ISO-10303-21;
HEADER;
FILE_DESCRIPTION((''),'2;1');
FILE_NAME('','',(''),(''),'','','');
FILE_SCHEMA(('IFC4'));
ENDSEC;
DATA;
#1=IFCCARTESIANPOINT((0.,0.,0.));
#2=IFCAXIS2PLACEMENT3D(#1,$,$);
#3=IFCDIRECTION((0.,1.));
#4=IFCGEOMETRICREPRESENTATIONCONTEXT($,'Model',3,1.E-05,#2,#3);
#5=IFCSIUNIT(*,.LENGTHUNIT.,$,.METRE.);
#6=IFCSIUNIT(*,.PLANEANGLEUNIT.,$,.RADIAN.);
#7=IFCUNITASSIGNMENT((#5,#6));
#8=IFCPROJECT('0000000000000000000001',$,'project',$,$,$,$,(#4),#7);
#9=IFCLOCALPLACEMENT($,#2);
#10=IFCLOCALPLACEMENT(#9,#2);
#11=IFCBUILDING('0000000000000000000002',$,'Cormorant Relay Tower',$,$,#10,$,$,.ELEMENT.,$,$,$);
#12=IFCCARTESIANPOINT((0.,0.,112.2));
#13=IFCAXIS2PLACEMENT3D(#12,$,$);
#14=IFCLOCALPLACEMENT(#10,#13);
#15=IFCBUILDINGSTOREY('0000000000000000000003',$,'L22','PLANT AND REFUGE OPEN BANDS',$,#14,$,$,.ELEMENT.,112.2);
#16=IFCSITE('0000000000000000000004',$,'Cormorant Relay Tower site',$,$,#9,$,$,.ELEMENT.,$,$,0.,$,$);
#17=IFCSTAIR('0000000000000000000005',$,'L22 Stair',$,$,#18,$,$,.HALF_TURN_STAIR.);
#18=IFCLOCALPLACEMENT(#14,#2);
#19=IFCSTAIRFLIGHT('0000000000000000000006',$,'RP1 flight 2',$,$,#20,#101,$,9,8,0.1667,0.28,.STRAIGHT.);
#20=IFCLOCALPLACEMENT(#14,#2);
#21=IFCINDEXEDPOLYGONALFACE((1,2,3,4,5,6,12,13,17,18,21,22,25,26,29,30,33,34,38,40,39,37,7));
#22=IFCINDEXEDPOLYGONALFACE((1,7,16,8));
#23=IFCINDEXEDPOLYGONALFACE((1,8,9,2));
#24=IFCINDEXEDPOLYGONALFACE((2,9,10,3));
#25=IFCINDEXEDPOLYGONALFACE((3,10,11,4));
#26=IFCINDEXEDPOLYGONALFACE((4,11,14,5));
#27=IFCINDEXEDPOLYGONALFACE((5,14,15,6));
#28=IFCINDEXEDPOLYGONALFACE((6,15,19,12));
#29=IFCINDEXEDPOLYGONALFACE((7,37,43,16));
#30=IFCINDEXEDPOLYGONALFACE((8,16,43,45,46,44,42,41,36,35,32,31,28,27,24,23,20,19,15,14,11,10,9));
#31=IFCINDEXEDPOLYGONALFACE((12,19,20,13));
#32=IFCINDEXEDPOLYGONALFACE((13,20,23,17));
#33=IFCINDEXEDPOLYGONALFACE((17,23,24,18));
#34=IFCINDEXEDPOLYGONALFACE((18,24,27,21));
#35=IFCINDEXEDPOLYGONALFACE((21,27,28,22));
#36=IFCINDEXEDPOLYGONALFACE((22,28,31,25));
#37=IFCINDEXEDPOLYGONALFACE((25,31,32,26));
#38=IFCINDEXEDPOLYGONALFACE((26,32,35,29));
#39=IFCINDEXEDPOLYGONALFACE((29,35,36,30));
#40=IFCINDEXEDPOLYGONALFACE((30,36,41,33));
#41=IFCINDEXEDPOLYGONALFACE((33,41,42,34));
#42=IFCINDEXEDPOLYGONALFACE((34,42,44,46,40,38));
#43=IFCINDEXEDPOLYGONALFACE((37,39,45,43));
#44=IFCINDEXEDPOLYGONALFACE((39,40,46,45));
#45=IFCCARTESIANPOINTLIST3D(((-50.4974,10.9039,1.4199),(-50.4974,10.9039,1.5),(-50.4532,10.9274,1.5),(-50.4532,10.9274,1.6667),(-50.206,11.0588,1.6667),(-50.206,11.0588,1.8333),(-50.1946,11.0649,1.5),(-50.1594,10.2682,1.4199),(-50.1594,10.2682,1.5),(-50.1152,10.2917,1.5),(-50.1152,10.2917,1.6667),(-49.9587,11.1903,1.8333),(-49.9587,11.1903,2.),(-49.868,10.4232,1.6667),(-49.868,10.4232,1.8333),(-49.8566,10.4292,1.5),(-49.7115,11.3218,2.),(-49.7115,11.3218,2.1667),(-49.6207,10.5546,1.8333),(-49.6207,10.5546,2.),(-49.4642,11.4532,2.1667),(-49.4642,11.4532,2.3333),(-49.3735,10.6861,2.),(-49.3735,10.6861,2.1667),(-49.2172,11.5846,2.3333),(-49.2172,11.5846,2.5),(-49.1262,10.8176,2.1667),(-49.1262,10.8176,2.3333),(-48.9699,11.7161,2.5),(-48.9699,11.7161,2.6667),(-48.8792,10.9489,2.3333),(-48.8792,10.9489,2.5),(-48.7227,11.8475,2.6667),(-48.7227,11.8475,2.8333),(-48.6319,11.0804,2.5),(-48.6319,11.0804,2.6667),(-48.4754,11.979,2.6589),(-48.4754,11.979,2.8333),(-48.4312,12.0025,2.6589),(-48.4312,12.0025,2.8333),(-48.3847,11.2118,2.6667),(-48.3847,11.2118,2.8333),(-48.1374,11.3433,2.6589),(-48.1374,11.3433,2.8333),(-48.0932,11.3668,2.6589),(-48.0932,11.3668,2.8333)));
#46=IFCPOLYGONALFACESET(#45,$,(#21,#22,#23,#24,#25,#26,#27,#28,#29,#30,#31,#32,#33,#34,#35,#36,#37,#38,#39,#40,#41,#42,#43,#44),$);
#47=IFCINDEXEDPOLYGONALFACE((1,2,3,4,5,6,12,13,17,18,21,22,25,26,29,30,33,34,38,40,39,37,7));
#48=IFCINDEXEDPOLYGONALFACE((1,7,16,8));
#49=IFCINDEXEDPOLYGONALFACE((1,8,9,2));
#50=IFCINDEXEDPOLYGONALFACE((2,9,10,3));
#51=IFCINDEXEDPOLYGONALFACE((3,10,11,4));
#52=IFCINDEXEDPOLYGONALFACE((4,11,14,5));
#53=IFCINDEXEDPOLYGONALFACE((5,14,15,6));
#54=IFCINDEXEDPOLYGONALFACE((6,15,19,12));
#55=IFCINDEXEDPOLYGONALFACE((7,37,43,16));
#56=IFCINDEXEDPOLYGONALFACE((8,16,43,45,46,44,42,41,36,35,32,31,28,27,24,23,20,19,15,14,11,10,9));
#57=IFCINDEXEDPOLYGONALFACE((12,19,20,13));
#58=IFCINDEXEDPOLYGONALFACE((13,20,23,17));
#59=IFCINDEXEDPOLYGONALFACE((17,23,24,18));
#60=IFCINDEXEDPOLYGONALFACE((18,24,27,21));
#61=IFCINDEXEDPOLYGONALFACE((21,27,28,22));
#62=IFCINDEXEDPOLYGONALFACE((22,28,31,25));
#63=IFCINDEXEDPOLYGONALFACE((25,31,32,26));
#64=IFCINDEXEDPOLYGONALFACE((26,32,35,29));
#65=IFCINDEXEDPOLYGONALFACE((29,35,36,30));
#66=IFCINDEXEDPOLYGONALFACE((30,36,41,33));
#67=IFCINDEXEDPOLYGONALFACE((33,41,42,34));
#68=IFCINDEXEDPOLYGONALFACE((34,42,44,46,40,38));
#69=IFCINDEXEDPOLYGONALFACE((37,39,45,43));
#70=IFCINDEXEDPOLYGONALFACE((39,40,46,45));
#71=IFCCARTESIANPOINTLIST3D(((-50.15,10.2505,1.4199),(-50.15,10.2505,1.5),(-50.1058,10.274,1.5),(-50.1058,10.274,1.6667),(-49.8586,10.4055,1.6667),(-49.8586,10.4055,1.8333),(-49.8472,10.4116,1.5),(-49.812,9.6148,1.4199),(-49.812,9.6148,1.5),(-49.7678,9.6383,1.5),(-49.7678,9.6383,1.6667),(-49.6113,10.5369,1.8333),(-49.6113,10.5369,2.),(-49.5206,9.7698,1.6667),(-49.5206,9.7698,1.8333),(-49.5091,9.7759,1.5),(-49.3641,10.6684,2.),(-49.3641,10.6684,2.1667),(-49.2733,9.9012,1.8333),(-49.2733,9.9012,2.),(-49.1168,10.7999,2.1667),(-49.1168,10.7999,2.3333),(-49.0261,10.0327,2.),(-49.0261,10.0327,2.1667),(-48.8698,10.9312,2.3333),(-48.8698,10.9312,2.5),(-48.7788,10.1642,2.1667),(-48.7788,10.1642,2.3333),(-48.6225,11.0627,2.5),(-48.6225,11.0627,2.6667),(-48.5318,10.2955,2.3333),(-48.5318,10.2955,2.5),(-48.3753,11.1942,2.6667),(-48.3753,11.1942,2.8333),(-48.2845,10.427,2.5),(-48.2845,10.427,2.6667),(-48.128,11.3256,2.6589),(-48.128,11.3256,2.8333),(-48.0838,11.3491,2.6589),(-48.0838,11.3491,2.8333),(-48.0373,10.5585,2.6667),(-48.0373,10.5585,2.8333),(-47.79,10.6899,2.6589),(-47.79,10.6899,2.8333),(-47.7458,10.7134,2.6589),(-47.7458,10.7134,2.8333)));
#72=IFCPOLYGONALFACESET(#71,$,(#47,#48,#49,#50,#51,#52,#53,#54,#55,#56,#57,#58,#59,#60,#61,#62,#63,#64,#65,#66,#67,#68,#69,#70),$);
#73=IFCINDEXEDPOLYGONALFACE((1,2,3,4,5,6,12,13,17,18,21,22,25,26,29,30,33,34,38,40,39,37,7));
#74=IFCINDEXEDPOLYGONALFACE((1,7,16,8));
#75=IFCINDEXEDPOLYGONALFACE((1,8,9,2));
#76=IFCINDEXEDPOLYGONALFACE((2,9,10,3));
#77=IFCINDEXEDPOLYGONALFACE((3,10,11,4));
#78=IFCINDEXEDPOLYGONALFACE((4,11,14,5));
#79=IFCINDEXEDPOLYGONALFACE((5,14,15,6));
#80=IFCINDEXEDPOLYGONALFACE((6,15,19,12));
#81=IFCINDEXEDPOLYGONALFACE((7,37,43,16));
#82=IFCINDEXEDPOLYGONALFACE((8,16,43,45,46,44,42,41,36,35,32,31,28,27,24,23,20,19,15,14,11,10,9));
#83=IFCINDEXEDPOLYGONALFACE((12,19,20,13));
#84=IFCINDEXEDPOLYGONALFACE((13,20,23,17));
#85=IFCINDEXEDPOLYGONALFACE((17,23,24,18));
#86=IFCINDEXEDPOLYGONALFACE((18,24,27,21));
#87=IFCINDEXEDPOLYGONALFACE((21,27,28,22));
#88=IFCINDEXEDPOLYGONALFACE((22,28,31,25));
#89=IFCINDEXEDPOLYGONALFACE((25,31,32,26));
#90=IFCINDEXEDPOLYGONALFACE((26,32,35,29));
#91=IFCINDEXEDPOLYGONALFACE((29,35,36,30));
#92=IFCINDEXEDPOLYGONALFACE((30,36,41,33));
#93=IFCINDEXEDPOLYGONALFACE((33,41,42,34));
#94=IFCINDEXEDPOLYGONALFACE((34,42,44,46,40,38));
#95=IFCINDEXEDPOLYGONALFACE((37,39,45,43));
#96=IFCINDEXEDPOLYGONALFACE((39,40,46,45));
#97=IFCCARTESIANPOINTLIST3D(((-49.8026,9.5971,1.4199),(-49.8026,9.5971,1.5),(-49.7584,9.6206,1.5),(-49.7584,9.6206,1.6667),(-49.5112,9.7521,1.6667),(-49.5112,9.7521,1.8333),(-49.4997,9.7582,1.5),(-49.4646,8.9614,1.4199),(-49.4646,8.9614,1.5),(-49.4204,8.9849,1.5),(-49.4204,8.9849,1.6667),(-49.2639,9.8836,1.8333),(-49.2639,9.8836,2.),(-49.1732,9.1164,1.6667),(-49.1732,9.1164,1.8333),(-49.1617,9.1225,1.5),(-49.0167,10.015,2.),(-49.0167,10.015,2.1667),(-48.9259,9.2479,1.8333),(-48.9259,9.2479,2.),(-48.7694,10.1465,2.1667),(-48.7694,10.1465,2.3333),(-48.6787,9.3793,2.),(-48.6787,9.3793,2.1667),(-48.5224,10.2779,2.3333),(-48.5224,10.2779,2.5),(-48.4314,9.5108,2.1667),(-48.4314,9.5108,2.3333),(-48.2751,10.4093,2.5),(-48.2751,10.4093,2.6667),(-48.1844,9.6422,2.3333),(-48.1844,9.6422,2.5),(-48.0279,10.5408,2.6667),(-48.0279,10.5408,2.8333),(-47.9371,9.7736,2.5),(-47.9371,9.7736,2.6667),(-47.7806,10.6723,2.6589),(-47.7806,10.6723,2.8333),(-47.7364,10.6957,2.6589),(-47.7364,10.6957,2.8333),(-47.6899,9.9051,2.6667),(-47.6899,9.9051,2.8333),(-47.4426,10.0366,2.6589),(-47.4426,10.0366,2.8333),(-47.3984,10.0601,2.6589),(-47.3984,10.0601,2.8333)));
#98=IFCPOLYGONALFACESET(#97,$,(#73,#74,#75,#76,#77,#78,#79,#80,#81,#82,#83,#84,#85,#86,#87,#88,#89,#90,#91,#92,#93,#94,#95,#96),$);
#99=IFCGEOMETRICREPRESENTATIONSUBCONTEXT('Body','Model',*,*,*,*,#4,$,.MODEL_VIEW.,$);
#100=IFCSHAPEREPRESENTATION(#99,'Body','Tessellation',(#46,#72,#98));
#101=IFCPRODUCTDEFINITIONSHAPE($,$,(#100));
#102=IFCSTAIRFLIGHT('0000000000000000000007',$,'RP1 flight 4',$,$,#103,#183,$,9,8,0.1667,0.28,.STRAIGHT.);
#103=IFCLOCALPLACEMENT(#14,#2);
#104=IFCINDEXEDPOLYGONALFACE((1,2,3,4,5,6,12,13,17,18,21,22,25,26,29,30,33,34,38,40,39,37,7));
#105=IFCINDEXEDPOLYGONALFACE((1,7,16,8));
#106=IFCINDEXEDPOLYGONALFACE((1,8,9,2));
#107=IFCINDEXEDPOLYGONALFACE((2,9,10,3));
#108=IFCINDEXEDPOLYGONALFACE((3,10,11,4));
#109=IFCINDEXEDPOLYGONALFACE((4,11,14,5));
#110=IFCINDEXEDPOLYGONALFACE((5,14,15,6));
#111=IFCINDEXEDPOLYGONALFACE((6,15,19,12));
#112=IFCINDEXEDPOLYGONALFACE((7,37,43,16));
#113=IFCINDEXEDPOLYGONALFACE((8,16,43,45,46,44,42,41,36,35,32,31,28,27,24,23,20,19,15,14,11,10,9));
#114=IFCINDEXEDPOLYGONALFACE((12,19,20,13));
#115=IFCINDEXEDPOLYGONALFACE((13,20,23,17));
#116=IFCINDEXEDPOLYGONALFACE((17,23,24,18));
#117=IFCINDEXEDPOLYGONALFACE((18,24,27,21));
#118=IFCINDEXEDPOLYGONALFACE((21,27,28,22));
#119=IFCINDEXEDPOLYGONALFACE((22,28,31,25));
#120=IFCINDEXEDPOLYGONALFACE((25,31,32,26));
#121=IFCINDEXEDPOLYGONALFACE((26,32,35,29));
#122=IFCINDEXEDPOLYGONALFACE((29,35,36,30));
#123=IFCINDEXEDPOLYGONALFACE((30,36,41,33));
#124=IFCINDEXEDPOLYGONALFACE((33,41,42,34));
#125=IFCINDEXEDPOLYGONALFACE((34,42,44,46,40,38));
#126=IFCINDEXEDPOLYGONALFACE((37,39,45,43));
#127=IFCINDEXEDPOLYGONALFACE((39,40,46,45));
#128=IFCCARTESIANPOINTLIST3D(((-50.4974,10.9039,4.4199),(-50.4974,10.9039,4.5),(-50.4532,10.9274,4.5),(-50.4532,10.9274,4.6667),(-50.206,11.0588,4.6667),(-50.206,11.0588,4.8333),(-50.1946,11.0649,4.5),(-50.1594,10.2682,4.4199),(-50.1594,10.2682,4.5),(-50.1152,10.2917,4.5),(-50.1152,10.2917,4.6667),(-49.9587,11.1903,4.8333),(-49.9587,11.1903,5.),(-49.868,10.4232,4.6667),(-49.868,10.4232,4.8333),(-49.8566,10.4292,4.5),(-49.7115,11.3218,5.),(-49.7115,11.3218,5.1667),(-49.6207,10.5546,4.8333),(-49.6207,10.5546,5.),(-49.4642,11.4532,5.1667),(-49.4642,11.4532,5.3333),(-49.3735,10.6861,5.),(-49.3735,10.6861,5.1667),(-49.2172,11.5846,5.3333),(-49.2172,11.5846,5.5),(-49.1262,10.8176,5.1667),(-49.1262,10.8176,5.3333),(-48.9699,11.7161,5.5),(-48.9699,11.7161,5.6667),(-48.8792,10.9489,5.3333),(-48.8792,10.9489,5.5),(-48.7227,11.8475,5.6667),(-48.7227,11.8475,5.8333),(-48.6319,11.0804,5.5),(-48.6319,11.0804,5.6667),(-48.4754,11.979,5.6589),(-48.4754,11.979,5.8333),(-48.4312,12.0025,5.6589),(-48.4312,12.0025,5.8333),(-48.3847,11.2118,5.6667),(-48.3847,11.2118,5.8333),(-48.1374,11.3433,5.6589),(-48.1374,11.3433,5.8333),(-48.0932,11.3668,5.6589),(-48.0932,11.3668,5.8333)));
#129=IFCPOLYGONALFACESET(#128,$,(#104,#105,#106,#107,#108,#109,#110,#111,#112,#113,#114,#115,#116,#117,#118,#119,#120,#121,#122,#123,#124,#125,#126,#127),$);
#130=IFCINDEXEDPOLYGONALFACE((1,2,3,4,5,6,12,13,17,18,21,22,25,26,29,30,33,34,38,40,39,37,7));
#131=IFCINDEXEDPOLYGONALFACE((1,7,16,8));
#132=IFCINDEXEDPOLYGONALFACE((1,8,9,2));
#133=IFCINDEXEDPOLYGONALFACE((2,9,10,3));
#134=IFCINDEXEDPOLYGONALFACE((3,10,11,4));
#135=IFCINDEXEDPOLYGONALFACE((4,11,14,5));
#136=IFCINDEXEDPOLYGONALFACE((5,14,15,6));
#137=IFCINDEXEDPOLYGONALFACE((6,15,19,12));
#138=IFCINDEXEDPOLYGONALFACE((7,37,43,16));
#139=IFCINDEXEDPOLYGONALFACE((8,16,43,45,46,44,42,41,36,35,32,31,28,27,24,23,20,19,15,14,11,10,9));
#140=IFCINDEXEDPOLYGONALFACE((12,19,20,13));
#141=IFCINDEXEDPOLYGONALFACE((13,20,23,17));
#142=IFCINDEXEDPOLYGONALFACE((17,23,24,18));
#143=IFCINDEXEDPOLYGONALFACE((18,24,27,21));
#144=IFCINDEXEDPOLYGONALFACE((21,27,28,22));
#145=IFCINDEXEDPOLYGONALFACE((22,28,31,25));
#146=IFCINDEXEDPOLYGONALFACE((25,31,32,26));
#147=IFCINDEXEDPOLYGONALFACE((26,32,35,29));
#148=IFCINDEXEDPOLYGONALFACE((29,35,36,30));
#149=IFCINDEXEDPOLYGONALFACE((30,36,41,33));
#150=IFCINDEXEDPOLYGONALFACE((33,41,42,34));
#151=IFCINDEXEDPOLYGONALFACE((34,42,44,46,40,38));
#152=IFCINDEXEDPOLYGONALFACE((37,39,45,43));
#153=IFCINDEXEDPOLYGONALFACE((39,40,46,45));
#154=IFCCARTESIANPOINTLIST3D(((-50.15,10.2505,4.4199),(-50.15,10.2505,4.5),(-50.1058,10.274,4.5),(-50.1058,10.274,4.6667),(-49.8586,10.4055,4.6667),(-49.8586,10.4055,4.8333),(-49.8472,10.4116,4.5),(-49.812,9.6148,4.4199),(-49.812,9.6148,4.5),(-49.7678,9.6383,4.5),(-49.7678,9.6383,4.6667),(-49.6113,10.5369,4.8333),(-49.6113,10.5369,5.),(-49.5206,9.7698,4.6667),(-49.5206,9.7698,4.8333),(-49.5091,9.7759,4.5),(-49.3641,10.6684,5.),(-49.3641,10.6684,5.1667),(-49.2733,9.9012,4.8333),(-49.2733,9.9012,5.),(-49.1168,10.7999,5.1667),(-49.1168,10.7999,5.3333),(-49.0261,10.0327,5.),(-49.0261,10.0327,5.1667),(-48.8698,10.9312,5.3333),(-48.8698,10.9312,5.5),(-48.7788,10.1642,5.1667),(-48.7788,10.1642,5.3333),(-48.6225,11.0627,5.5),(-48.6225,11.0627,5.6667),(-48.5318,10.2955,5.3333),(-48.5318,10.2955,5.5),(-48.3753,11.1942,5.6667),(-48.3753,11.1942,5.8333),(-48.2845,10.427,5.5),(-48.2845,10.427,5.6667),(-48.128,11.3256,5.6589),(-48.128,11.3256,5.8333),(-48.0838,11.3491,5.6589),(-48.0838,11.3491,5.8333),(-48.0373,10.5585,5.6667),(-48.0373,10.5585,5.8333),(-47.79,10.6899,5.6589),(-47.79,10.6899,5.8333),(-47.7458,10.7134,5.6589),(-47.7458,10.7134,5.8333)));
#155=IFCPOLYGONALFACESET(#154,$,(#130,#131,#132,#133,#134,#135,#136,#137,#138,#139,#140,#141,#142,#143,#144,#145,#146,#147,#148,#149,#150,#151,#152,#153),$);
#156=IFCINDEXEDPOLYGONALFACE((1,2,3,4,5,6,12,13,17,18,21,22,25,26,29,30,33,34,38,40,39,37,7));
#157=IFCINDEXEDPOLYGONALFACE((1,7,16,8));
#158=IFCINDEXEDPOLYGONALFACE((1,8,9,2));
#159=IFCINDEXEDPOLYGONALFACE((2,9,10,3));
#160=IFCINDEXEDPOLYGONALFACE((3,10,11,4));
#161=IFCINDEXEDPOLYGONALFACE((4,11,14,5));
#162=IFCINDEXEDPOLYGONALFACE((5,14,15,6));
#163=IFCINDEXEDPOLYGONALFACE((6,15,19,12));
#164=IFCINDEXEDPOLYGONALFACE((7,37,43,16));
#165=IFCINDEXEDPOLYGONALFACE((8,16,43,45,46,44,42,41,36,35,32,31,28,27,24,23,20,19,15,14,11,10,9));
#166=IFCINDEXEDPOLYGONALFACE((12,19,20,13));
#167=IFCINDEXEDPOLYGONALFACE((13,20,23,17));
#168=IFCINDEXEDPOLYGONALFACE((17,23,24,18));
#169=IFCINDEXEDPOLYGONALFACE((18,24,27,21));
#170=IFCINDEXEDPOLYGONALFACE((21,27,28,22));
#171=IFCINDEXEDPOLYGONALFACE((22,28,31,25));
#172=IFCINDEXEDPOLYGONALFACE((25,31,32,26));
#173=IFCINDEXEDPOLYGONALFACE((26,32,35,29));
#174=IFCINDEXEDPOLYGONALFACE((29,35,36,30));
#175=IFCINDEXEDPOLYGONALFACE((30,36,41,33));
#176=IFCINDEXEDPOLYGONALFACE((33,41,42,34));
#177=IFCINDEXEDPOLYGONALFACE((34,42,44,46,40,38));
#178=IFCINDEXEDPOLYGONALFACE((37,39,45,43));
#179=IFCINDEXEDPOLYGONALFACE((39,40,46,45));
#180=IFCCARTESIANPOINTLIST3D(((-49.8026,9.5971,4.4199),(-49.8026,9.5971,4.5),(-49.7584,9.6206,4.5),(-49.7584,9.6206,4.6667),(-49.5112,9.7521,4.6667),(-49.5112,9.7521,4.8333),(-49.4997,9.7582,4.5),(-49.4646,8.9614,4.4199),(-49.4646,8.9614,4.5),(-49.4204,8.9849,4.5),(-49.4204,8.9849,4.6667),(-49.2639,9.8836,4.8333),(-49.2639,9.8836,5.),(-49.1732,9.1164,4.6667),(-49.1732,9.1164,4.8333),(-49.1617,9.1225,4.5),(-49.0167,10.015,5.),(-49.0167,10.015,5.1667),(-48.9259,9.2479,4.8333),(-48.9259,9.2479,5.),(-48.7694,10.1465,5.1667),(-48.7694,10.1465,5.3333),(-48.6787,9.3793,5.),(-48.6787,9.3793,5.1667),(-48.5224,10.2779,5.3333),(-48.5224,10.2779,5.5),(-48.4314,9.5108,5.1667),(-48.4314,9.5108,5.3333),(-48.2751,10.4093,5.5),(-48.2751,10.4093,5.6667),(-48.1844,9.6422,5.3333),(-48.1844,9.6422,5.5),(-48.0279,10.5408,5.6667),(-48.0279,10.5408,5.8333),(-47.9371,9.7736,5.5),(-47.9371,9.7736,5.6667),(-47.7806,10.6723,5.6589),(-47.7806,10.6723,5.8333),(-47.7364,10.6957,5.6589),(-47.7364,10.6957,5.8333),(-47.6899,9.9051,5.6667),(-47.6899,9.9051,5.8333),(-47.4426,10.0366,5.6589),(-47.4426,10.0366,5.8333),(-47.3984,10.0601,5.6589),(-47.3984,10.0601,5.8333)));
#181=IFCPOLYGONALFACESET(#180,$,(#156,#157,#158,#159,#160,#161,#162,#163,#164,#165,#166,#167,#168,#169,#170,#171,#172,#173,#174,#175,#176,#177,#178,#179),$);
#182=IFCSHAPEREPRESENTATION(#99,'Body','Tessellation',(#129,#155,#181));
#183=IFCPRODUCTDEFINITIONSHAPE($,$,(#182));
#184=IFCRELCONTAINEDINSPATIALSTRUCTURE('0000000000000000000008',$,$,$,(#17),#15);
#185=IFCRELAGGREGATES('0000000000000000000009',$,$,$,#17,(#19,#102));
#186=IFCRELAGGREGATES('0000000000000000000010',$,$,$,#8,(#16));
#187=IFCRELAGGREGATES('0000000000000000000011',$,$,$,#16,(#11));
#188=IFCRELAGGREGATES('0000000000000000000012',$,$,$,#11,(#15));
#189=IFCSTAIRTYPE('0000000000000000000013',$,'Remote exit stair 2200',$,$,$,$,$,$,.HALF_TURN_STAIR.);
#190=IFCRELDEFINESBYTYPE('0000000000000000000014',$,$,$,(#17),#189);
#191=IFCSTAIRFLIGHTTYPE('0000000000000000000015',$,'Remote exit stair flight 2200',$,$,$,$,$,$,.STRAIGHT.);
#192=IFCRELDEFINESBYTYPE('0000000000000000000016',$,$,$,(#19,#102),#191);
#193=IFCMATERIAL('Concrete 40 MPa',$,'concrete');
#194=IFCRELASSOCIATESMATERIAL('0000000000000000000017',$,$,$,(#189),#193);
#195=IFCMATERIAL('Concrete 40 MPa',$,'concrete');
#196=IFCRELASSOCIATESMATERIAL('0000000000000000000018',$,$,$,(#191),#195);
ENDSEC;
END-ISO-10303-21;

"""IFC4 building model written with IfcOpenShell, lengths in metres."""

from ifc_helpers import new_model, si_unit, direction, frame, origin, place, context, subcontext, project, spatial, polyline, outline, extrude, material, type_object, element, aggregate, save


model = new_model("IFC4")

# Units and contexts
model_context = context("Model", 3, precision=1e-05, world=origin(), true_north=direction((0.0, 1.0)))
body_context = subcontext(model_context, "Body", "Model", "MODEL_VIEW")
ifc_project = project(units=[si_unit("LENGTHUNIT", "METRE"), si_unit("PLANEANGLEUNIT", "RADIAN")], contexts=[model_context])

# Site, building, storey
site_placement = place(None, origin())
site = spatial("IfcSite", under=ifc_project, at=site_placement, Name="Cormorant Relay Tower site", CompositionType="ELEMENT", RefElevation=0.0)
building_placement = place(site_placement, origin())
building = spatial("IfcBuilding", under=site, at=building_placement, Name="Cormorant Relay Tower", CompositionType="ELEMENT")
storey_placement = place(building_placement, frame((0.0, 0.0, 112.2)))
storey = spatial("IfcBuildingStorey", under=building, at=storey_placement, Name="L22", Description="PLANT AND REFUGE OPEN BANDS", CompositionType="ELEMENT", Elevation=112.2)

# Stair, stair flights
ifc_material_1 = material(Name="Concrete 40 MPa", Category="concrete")
stair_type = type_object("IfcStairType", Name="Remote exit stair 2200", PredefinedType="HALF_TURN_STAIR", material=ifc_material_1)
stair_placement = place(storey_placement, origin())
stair = element("IfcStair", 1, at=stair_placement, inside=storey, type_object=stair_type, Name="L22 Stair", PredefinedType="HALF_TURN_STAIR")
ifc_material_2 = material(Name="Concrete 40 MPa", Category="concrete")
stair_flight_type = type_object("IfcStairFlightType", Name="Remote exit stair flight 2200", PredefinedType="STRAIGHT", material=ifc_material_2)
stair_flight_1_placement = place(storey_placement, frame((-49.9368, 9.9561, 1.5), z_axis=(0.0, 0.0, 1.0), x_axis=(0.882948, 0.469472, 0.0)))
stair_flight_1 = element("IfcStairFlight", 2, at=stair_flight_1_placement, type_object=stair_flight_type, Name="RP1 flight 2", NumberOfRisers=9, NumberOfTreads=8, PredefinedType="STRAIGHT", RiserHeight=0.1667, TreadLength=0.28, context=body_context, shape_type="SweptSolid", body=[
    extrude(outline(polyline([(-0.05, -0.0801), (-0.05, 0.0), (0.0, 0.0), (0.0, 0.1667), (0.28, 0.1667), (0.28, 0.3333), (0.5601, 0.3333), (0.5601, 0.5), (0.8401, 0.5), (0.8401, 0.6667), (1.1201, 0.6667), (1.1201, 0.8333), (1.3999, 0.8333), (1.3999, 1.0), (1.6799, 1.0), (1.6799, 1.1667), (1.96, 1.1667), (1.96, 1.3333), (2.24, 1.3333), (2.29, 1.3333), (2.29, 1.1589), (2.24, 1.1589), (0.293, 0.0), (-0.05, -0.0801)])), frame((0.0, 1.1001, 0.0), z_axis=(0.0, -1.0, 0.0), x_axis=(1.0, 0.0, 0.0)), (0.0, 0.0, 1.0), 0.72),
    extrude(outline(polyline([(-0.05, -0.0801), (-0.05, 0.0), (0.0, 0.0), (0.0, 0.1667), (0.28, 0.1667), (0.28, 0.3333), (0.5601, 0.3333), (0.5601, 0.5), (0.8401, 0.5), (0.8401, 0.6667), (1.1201, 0.6667), (1.1201, 0.8333), (1.3999, 0.8333), (1.3999, 1.0), (1.6799, 1.0), (1.6799, 1.1667), (1.96, 1.1667), (1.96, 1.3333), (2.24, 1.3333), (2.29, 1.3333), (2.29, 1.1589), (2.24, 1.1589), (0.293, 0.0), (-0.05, -0.0801)])), frame((0.0, 0.3601, 0.0), z_axis=(0.0, -1.0, 0.0), x_axis=(1.0, 0.0, 0.0)), (0.0, 0.0, 1.0), 0.72),
    extrude(outline(polyline([(-0.05, -0.0801), (-0.05, 0.0), (0.0, 0.0), (0.0, 0.1667), (0.28, 0.1667), (0.28, 0.3333), (0.5601, 0.3333), (0.5601, 0.5), (0.8401, 0.5), (0.8401, 0.6667), (1.1201, 0.6667), (1.1201, 0.8333), (1.3999, 0.8333), (1.3999, 1.0), (1.6799, 1.0), (1.6799, 1.1667), (1.96, 1.1667), (1.96, 1.3333), (2.24, 1.3333), (2.29, 1.3333), (2.29, 1.1589), (2.24, 1.1589), (0.293, 0.0), (-0.05, -0.0801)])), frame((0.0, -0.3799, 0.0), z_axis=(0.0, -1.0, 0.0), x_axis=(1.0, 0.0, 0.0)), (0.0, 0.0, 1.0), 0.72),
])
stair_flight_2_placement = place(storey_placement, frame((-49.9368, 9.9561, 4.5), z_axis=(0.0, 0.0, 1.0), x_axis=(0.882948, 0.469472, 0.0)))
stair_flight_2 = element("IfcStairFlight", 3, at=stair_flight_2_placement, type_object=stair_flight_type, Name="RP1 flight 4", NumberOfRisers=9, NumberOfTreads=8, PredefinedType="STRAIGHT", RiserHeight=0.1667, TreadLength=0.28, context=body_context, shape_type="SweptSolid", body=[
    extrude(outline(polyline([(-0.05, -0.0801), (-0.05, 0.0), (0.0, 0.0), (0.0, 0.1667), (0.28, 0.1667), (0.28, 0.3333), (0.5601, 0.3333), (0.5601, 0.5), (0.8401, 0.5), (0.8401, 0.6667), (1.1201, 0.6667), (1.1201, 0.8333), (1.3999, 0.8333), (1.3999, 1.0), (1.6799, 1.0), (1.6799, 1.1667), (1.96, 1.1667), (1.96, 1.3333), (2.24, 1.3333), (2.29, 1.3333), (2.29, 1.1589), (2.24, 1.1589), (0.293, 0.0), (-0.05, -0.0801)])), frame((0.0, 1.1001, 0.0), z_axis=(0.0, -1.0, 0.0), x_axis=(1.0, 0.0, 0.0)), (0.0, 0.0, 1.0), 0.72),
    extrude(outline(polyline([(-0.05, -0.0801), (-0.05, 0.0), (0.0, 0.0), (0.0, 0.1667), (0.28, 0.1667), (0.28, 0.3333), (0.5601, 0.3333), (0.5601, 0.5), (0.8401, 0.5), (0.8401, 0.6667), (1.1201, 0.6667), (1.1201, 0.8333), (1.3999, 0.8333), (1.3999, 1.0), (1.6799, 1.0), (1.6799, 1.1667), (1.96, 1.1667), (1.96, 1.3333), (2.24, 1.3333), (2.29, 1.3333), (2.29, 1.1589), (2.24, 1.1589), (0.293, 0.0), (-0.05, -0.0801)])), frame((0.0, 0.3601, 0.0), z_axis=(0.0, -1.0, 0.0), x_axis=(1.0, 0.0, 0.0)), (0.0, 0.0, 1.0), 0.72),
    extrude(outline(polyline([(-0.05, -0.0801), (-0.05, 0.0), (0.0, 0.0), (0.0, 0.1667), (0.28, 0.1667), (0.28, 0.3333), (0.5601, 0.3333), (0.5601, 0.5), (0.8401, 0.5), (0.8401, 0.6667), (1.1201, 0.6667), (1.1201, 0.8333), (1.3999, 0.8333), (1.3999, 1.0), (1.6799, 1.0), (1.6799, 1.1667), (1.96, 1.1667), (1.96, 1.3333), (2.24, 1.3333), (2.29, 1.3333), (2.29, 1.1589), (2.24, 1.1589), (0.293, 0.0), (-0.05, -0.0801)])), frame((0.0, -0.3799, 0.0), z_axis=(0.0, -1.0, 0.0), x_axis=(1.0, 0.0, 0.0)), (0.0, 0.0, 1.0), 0.72),
])
aggregate(stair, [stair_flight_1, stair_flight_2])

save(model, "model.ifc")
